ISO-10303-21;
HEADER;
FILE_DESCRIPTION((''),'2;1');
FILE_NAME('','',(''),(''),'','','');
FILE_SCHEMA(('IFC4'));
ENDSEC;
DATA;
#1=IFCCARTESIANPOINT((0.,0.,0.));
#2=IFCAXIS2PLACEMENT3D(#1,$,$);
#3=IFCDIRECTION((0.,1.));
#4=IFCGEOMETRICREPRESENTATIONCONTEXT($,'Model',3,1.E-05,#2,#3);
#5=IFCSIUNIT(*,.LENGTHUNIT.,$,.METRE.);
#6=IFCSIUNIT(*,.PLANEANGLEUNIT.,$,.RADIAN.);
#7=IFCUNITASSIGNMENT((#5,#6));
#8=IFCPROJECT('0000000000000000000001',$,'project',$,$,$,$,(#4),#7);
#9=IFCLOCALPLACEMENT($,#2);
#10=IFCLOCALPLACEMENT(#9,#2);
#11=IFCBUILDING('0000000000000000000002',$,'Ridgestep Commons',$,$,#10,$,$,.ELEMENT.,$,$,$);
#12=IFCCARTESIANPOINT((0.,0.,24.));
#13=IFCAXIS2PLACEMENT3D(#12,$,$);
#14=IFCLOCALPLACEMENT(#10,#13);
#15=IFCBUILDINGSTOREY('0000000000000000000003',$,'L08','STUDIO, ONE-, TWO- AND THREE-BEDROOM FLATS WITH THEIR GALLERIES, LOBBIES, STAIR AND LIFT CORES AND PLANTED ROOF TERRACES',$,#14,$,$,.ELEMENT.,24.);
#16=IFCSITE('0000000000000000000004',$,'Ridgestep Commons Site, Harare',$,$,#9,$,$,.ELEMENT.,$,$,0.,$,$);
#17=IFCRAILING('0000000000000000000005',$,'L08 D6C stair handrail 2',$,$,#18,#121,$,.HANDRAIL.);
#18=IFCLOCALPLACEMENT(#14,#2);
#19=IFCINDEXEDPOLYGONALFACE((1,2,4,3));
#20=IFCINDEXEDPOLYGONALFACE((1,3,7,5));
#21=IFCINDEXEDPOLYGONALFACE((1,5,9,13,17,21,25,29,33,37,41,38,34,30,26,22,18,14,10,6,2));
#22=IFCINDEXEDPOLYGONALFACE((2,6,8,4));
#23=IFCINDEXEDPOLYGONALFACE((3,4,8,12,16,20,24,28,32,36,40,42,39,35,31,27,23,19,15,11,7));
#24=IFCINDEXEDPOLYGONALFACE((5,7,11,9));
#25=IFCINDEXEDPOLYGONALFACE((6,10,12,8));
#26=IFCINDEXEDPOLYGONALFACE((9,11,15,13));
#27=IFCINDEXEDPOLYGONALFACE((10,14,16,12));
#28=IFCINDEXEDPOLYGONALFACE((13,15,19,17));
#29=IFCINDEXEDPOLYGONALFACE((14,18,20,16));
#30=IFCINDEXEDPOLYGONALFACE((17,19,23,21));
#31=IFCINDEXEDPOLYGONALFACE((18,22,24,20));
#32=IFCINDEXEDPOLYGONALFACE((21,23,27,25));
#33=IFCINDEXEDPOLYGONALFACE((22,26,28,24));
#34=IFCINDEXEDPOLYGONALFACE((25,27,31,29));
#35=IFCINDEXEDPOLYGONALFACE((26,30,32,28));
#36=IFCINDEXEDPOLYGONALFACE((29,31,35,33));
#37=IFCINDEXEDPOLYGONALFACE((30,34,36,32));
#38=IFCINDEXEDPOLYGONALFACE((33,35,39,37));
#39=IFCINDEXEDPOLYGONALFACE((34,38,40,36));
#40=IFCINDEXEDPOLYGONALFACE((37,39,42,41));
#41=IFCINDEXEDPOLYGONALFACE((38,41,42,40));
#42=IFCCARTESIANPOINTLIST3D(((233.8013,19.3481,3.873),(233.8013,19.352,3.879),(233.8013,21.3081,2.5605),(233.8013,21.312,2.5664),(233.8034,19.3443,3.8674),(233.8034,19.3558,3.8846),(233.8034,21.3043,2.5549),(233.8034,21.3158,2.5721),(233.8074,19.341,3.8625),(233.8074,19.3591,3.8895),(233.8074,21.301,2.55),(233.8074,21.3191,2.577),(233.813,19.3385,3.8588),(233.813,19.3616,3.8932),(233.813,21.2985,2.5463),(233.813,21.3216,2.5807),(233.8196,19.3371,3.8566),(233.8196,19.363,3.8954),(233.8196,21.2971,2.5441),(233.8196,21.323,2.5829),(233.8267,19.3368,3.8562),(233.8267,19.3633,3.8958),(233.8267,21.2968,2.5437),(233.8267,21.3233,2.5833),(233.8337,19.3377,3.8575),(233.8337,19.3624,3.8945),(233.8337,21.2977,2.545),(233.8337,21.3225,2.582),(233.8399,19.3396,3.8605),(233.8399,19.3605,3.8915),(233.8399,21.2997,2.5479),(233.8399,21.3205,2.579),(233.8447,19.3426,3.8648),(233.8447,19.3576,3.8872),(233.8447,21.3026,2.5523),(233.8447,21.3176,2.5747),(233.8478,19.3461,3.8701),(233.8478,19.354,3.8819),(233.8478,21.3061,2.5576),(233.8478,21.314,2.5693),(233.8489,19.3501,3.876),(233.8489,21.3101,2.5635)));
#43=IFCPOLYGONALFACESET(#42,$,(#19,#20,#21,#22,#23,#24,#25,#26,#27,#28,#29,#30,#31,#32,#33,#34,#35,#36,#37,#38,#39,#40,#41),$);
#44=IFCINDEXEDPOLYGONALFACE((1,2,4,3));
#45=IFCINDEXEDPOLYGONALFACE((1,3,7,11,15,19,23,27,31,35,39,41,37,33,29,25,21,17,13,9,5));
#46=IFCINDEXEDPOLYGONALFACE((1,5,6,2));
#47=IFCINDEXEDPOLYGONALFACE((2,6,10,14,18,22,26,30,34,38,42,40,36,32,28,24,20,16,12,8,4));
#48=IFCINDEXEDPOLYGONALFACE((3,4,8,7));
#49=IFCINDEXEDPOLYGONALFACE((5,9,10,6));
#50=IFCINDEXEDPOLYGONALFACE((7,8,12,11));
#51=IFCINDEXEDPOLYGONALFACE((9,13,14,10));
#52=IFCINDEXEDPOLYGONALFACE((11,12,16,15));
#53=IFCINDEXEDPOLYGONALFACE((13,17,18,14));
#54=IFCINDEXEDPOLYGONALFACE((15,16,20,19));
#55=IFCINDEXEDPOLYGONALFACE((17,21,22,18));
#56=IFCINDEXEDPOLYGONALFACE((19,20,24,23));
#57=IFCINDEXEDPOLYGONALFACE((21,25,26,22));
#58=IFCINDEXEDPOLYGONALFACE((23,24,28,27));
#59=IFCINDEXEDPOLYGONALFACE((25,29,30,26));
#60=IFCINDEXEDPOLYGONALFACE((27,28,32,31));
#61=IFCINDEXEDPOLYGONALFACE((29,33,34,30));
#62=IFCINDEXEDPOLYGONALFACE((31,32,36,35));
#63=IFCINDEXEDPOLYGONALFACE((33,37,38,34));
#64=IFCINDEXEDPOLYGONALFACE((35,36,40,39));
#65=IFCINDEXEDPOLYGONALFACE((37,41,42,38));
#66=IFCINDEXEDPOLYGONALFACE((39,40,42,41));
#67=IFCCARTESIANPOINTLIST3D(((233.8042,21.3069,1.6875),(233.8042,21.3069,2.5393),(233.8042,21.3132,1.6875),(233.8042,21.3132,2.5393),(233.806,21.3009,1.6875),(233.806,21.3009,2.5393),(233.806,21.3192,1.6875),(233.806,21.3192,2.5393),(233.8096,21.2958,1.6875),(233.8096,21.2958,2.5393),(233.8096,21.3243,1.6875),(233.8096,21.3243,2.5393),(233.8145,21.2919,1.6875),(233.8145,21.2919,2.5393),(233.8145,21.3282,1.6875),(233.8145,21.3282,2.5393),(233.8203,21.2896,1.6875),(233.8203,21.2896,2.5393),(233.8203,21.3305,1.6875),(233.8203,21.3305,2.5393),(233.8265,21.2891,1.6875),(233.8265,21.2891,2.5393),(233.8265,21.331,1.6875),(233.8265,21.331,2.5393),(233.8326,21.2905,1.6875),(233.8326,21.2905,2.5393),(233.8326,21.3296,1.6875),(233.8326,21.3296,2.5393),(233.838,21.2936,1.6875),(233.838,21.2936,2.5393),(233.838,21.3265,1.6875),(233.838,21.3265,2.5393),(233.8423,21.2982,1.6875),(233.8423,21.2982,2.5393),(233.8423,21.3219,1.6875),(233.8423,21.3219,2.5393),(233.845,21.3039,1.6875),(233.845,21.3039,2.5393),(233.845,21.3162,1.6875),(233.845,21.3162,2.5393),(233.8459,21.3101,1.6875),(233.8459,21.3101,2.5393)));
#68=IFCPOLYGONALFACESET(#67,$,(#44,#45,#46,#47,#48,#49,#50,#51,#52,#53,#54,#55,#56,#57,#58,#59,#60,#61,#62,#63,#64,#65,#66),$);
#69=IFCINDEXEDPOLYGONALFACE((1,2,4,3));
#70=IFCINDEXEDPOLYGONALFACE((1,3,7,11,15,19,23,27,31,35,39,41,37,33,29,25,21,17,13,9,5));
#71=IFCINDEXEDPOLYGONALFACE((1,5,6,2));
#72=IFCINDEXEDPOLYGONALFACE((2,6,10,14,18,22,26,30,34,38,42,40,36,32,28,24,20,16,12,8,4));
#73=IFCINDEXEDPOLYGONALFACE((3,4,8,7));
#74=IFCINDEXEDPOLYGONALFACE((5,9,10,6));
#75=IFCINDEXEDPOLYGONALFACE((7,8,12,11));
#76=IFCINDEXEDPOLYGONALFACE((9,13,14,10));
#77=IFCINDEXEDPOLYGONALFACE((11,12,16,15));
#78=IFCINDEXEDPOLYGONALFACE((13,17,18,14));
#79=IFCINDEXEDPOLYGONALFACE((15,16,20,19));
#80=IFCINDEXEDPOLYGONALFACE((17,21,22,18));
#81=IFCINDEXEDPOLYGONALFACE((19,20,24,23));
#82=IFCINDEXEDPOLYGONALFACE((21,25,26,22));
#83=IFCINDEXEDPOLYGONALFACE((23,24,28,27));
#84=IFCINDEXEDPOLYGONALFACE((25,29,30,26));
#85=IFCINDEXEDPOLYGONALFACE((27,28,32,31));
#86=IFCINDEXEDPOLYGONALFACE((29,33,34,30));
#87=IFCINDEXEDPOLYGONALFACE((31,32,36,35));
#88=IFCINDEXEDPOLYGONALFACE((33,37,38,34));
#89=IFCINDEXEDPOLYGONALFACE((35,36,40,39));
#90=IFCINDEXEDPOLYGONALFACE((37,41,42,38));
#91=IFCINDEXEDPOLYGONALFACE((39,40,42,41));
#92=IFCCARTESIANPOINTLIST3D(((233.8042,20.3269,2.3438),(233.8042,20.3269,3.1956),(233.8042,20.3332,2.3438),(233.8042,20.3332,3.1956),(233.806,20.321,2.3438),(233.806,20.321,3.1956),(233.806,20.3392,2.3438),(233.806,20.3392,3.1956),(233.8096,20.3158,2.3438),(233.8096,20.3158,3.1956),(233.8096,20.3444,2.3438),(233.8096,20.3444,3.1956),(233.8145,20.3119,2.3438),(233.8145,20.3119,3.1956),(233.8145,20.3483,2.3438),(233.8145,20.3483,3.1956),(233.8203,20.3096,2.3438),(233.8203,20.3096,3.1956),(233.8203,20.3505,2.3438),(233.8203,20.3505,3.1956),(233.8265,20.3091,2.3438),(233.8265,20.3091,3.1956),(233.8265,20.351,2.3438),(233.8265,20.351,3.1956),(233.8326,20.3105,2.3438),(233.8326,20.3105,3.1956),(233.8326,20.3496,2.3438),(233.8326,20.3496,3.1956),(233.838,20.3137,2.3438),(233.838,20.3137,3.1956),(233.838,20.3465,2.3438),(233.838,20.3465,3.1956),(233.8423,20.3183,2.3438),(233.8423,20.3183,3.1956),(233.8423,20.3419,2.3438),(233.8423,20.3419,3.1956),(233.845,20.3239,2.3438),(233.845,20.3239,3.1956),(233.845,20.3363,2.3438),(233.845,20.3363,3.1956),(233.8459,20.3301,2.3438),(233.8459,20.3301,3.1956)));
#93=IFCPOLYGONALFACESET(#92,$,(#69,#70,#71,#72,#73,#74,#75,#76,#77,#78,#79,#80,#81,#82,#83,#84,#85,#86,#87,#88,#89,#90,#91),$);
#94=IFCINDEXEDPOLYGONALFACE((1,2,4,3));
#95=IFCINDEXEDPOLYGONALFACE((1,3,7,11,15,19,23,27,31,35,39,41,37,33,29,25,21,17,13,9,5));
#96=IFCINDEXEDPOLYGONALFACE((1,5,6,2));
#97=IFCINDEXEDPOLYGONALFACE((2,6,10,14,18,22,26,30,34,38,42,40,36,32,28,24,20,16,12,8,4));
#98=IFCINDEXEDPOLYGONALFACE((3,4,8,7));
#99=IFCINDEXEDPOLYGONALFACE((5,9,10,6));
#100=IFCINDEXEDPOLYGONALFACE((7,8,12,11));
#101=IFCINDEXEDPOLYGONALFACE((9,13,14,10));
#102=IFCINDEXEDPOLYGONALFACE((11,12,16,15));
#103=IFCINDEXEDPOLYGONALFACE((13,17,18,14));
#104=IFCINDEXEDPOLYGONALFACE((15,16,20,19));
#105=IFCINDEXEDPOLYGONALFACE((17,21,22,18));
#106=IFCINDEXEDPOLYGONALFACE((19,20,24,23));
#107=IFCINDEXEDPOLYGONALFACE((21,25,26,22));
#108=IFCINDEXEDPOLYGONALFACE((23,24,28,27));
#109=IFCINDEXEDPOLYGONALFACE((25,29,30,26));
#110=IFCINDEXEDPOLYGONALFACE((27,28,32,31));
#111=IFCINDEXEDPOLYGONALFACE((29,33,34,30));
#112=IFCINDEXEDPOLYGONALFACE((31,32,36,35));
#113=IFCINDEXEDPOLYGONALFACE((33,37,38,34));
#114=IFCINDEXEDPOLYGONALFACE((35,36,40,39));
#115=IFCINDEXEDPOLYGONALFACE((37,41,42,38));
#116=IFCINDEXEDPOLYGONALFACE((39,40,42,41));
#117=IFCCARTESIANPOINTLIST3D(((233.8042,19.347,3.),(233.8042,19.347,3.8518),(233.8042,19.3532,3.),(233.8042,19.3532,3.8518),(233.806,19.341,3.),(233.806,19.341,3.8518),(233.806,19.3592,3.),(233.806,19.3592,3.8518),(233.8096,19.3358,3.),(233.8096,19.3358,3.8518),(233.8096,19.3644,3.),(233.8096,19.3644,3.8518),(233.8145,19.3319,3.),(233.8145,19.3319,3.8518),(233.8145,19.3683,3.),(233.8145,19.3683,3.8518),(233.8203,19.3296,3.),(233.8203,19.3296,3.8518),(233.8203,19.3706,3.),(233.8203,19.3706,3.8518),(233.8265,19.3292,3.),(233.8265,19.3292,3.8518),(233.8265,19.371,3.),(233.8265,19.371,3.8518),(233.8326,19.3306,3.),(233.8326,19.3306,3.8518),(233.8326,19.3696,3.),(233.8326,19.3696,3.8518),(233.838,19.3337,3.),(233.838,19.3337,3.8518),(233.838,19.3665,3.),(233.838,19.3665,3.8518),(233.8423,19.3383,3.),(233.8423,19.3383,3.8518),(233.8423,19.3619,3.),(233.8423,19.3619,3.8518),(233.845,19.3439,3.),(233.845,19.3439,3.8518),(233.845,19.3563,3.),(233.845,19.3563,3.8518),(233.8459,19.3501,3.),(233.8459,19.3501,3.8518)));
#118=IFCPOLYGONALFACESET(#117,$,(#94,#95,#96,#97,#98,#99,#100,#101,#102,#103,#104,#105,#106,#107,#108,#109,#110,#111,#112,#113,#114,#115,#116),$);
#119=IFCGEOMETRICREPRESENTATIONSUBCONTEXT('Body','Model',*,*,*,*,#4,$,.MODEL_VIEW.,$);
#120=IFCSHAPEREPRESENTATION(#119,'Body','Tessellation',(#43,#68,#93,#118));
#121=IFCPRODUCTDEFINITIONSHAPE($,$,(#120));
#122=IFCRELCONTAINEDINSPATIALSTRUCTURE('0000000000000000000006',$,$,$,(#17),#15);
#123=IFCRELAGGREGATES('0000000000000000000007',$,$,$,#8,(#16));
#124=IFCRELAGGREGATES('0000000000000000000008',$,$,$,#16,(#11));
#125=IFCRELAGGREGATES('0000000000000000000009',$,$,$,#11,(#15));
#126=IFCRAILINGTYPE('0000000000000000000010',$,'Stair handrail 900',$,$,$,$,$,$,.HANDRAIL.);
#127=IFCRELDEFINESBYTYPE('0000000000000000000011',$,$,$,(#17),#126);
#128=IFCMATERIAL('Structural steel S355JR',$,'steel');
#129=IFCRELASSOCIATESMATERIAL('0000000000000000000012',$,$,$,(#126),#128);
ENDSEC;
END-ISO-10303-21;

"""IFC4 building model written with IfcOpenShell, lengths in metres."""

from ifc_helpers import new_model, si_unit, direction, frame, origin, origin_2d, place, context, subcontext, project, spatial, circle, extrude, material, type_object, element, save


model = new_model("IFC4")

# Units and contexts
model_context = context("Model", 3, precision=1e-05, world=origin(), true_north=direction((0.0, 1.0)))
body_context = subcontext(model_context, "Body", "Model", "MODEL_VIEW")
ifc_project = project(units=[si_unit("LENGTHUNIT", "METRE"), si_unit("PLANEANGLEUNIT", "RADIAN")], contexts=[model_context])

# Site, building, storey
site_placement = place(None, origin())
site = spatial("IfcSite", under=ifc_project, at=site_placement, Name="Ridgestep Commons Site, Harare", CompositionType="ELEMENT", RefElevation=0.0)
building_placement = place(site_placement, origin())
building = spatial("IfcBuilding", under=site, at=building_placement, Name="Ridgestep Commons", CompositionType="ELEMENT")
storey_placement = place(building_placement, frame((0.0, 0.0, 24.0)))
storey = spatial("IfcBuildingStorey", under=building, at=storey_placement, Name="L08", Description="STUDIO, ONE-, TWO- AND THREE-BEDROOM FLATS WITH THEIR GALLERIES, LOBBIES, STAIR AND LIFT CORES AND PLANTED ROOF TERRACES", CompositionType="ELEMENT", Elevation=24.0)

# Railing
ifc_material_1 = material(Name="Structural steel S355JR", Category="steel")
railing_type_1 = type_object("IfcRailingType", Name="Stair handrail 900", PredefinedType="HANDRAIL", material=ifc_material_1)
railing_1_placement = place(storey_placement, frame((233.825, 21.3101, 1.6875)))
element("IfcRailing", 1, at=railing_1_placement, inside=storey, type_object=railing_type_1, Name="L08 D6C stair handrail 2", PredefinedType="HANDRAIL", context=body_context, shape_type="SweptSolid", body=[
    extrude(circle(Radius=0.0239, at=origin_2d()), frame((0.0, 0.0, 0.876), z_axis=(0.0, -0.830902, 0.556419), x_axis=(1.0, 0.0, 0.0)), (0.0, 0.0, 1.0), 2.3589),
    extrude(circle(Radius=0.021, at=origin_2d()), origin(), (0.0, 0.0, 1.0), 0.8518),
    extrude(circle(Radius=0.021, at=origin_2d()), frame((0.0, -0.98, 0.6562)), (0.0, 0.0, 1.0), 0.8518),
    extrude(circle(Radius=0.021, at=origin_2d()), frame((0.0, -1.96, 1.3125)), (0.0, 0.0, 1.0), 0.8518),
])

save(model, "model.ifc")
